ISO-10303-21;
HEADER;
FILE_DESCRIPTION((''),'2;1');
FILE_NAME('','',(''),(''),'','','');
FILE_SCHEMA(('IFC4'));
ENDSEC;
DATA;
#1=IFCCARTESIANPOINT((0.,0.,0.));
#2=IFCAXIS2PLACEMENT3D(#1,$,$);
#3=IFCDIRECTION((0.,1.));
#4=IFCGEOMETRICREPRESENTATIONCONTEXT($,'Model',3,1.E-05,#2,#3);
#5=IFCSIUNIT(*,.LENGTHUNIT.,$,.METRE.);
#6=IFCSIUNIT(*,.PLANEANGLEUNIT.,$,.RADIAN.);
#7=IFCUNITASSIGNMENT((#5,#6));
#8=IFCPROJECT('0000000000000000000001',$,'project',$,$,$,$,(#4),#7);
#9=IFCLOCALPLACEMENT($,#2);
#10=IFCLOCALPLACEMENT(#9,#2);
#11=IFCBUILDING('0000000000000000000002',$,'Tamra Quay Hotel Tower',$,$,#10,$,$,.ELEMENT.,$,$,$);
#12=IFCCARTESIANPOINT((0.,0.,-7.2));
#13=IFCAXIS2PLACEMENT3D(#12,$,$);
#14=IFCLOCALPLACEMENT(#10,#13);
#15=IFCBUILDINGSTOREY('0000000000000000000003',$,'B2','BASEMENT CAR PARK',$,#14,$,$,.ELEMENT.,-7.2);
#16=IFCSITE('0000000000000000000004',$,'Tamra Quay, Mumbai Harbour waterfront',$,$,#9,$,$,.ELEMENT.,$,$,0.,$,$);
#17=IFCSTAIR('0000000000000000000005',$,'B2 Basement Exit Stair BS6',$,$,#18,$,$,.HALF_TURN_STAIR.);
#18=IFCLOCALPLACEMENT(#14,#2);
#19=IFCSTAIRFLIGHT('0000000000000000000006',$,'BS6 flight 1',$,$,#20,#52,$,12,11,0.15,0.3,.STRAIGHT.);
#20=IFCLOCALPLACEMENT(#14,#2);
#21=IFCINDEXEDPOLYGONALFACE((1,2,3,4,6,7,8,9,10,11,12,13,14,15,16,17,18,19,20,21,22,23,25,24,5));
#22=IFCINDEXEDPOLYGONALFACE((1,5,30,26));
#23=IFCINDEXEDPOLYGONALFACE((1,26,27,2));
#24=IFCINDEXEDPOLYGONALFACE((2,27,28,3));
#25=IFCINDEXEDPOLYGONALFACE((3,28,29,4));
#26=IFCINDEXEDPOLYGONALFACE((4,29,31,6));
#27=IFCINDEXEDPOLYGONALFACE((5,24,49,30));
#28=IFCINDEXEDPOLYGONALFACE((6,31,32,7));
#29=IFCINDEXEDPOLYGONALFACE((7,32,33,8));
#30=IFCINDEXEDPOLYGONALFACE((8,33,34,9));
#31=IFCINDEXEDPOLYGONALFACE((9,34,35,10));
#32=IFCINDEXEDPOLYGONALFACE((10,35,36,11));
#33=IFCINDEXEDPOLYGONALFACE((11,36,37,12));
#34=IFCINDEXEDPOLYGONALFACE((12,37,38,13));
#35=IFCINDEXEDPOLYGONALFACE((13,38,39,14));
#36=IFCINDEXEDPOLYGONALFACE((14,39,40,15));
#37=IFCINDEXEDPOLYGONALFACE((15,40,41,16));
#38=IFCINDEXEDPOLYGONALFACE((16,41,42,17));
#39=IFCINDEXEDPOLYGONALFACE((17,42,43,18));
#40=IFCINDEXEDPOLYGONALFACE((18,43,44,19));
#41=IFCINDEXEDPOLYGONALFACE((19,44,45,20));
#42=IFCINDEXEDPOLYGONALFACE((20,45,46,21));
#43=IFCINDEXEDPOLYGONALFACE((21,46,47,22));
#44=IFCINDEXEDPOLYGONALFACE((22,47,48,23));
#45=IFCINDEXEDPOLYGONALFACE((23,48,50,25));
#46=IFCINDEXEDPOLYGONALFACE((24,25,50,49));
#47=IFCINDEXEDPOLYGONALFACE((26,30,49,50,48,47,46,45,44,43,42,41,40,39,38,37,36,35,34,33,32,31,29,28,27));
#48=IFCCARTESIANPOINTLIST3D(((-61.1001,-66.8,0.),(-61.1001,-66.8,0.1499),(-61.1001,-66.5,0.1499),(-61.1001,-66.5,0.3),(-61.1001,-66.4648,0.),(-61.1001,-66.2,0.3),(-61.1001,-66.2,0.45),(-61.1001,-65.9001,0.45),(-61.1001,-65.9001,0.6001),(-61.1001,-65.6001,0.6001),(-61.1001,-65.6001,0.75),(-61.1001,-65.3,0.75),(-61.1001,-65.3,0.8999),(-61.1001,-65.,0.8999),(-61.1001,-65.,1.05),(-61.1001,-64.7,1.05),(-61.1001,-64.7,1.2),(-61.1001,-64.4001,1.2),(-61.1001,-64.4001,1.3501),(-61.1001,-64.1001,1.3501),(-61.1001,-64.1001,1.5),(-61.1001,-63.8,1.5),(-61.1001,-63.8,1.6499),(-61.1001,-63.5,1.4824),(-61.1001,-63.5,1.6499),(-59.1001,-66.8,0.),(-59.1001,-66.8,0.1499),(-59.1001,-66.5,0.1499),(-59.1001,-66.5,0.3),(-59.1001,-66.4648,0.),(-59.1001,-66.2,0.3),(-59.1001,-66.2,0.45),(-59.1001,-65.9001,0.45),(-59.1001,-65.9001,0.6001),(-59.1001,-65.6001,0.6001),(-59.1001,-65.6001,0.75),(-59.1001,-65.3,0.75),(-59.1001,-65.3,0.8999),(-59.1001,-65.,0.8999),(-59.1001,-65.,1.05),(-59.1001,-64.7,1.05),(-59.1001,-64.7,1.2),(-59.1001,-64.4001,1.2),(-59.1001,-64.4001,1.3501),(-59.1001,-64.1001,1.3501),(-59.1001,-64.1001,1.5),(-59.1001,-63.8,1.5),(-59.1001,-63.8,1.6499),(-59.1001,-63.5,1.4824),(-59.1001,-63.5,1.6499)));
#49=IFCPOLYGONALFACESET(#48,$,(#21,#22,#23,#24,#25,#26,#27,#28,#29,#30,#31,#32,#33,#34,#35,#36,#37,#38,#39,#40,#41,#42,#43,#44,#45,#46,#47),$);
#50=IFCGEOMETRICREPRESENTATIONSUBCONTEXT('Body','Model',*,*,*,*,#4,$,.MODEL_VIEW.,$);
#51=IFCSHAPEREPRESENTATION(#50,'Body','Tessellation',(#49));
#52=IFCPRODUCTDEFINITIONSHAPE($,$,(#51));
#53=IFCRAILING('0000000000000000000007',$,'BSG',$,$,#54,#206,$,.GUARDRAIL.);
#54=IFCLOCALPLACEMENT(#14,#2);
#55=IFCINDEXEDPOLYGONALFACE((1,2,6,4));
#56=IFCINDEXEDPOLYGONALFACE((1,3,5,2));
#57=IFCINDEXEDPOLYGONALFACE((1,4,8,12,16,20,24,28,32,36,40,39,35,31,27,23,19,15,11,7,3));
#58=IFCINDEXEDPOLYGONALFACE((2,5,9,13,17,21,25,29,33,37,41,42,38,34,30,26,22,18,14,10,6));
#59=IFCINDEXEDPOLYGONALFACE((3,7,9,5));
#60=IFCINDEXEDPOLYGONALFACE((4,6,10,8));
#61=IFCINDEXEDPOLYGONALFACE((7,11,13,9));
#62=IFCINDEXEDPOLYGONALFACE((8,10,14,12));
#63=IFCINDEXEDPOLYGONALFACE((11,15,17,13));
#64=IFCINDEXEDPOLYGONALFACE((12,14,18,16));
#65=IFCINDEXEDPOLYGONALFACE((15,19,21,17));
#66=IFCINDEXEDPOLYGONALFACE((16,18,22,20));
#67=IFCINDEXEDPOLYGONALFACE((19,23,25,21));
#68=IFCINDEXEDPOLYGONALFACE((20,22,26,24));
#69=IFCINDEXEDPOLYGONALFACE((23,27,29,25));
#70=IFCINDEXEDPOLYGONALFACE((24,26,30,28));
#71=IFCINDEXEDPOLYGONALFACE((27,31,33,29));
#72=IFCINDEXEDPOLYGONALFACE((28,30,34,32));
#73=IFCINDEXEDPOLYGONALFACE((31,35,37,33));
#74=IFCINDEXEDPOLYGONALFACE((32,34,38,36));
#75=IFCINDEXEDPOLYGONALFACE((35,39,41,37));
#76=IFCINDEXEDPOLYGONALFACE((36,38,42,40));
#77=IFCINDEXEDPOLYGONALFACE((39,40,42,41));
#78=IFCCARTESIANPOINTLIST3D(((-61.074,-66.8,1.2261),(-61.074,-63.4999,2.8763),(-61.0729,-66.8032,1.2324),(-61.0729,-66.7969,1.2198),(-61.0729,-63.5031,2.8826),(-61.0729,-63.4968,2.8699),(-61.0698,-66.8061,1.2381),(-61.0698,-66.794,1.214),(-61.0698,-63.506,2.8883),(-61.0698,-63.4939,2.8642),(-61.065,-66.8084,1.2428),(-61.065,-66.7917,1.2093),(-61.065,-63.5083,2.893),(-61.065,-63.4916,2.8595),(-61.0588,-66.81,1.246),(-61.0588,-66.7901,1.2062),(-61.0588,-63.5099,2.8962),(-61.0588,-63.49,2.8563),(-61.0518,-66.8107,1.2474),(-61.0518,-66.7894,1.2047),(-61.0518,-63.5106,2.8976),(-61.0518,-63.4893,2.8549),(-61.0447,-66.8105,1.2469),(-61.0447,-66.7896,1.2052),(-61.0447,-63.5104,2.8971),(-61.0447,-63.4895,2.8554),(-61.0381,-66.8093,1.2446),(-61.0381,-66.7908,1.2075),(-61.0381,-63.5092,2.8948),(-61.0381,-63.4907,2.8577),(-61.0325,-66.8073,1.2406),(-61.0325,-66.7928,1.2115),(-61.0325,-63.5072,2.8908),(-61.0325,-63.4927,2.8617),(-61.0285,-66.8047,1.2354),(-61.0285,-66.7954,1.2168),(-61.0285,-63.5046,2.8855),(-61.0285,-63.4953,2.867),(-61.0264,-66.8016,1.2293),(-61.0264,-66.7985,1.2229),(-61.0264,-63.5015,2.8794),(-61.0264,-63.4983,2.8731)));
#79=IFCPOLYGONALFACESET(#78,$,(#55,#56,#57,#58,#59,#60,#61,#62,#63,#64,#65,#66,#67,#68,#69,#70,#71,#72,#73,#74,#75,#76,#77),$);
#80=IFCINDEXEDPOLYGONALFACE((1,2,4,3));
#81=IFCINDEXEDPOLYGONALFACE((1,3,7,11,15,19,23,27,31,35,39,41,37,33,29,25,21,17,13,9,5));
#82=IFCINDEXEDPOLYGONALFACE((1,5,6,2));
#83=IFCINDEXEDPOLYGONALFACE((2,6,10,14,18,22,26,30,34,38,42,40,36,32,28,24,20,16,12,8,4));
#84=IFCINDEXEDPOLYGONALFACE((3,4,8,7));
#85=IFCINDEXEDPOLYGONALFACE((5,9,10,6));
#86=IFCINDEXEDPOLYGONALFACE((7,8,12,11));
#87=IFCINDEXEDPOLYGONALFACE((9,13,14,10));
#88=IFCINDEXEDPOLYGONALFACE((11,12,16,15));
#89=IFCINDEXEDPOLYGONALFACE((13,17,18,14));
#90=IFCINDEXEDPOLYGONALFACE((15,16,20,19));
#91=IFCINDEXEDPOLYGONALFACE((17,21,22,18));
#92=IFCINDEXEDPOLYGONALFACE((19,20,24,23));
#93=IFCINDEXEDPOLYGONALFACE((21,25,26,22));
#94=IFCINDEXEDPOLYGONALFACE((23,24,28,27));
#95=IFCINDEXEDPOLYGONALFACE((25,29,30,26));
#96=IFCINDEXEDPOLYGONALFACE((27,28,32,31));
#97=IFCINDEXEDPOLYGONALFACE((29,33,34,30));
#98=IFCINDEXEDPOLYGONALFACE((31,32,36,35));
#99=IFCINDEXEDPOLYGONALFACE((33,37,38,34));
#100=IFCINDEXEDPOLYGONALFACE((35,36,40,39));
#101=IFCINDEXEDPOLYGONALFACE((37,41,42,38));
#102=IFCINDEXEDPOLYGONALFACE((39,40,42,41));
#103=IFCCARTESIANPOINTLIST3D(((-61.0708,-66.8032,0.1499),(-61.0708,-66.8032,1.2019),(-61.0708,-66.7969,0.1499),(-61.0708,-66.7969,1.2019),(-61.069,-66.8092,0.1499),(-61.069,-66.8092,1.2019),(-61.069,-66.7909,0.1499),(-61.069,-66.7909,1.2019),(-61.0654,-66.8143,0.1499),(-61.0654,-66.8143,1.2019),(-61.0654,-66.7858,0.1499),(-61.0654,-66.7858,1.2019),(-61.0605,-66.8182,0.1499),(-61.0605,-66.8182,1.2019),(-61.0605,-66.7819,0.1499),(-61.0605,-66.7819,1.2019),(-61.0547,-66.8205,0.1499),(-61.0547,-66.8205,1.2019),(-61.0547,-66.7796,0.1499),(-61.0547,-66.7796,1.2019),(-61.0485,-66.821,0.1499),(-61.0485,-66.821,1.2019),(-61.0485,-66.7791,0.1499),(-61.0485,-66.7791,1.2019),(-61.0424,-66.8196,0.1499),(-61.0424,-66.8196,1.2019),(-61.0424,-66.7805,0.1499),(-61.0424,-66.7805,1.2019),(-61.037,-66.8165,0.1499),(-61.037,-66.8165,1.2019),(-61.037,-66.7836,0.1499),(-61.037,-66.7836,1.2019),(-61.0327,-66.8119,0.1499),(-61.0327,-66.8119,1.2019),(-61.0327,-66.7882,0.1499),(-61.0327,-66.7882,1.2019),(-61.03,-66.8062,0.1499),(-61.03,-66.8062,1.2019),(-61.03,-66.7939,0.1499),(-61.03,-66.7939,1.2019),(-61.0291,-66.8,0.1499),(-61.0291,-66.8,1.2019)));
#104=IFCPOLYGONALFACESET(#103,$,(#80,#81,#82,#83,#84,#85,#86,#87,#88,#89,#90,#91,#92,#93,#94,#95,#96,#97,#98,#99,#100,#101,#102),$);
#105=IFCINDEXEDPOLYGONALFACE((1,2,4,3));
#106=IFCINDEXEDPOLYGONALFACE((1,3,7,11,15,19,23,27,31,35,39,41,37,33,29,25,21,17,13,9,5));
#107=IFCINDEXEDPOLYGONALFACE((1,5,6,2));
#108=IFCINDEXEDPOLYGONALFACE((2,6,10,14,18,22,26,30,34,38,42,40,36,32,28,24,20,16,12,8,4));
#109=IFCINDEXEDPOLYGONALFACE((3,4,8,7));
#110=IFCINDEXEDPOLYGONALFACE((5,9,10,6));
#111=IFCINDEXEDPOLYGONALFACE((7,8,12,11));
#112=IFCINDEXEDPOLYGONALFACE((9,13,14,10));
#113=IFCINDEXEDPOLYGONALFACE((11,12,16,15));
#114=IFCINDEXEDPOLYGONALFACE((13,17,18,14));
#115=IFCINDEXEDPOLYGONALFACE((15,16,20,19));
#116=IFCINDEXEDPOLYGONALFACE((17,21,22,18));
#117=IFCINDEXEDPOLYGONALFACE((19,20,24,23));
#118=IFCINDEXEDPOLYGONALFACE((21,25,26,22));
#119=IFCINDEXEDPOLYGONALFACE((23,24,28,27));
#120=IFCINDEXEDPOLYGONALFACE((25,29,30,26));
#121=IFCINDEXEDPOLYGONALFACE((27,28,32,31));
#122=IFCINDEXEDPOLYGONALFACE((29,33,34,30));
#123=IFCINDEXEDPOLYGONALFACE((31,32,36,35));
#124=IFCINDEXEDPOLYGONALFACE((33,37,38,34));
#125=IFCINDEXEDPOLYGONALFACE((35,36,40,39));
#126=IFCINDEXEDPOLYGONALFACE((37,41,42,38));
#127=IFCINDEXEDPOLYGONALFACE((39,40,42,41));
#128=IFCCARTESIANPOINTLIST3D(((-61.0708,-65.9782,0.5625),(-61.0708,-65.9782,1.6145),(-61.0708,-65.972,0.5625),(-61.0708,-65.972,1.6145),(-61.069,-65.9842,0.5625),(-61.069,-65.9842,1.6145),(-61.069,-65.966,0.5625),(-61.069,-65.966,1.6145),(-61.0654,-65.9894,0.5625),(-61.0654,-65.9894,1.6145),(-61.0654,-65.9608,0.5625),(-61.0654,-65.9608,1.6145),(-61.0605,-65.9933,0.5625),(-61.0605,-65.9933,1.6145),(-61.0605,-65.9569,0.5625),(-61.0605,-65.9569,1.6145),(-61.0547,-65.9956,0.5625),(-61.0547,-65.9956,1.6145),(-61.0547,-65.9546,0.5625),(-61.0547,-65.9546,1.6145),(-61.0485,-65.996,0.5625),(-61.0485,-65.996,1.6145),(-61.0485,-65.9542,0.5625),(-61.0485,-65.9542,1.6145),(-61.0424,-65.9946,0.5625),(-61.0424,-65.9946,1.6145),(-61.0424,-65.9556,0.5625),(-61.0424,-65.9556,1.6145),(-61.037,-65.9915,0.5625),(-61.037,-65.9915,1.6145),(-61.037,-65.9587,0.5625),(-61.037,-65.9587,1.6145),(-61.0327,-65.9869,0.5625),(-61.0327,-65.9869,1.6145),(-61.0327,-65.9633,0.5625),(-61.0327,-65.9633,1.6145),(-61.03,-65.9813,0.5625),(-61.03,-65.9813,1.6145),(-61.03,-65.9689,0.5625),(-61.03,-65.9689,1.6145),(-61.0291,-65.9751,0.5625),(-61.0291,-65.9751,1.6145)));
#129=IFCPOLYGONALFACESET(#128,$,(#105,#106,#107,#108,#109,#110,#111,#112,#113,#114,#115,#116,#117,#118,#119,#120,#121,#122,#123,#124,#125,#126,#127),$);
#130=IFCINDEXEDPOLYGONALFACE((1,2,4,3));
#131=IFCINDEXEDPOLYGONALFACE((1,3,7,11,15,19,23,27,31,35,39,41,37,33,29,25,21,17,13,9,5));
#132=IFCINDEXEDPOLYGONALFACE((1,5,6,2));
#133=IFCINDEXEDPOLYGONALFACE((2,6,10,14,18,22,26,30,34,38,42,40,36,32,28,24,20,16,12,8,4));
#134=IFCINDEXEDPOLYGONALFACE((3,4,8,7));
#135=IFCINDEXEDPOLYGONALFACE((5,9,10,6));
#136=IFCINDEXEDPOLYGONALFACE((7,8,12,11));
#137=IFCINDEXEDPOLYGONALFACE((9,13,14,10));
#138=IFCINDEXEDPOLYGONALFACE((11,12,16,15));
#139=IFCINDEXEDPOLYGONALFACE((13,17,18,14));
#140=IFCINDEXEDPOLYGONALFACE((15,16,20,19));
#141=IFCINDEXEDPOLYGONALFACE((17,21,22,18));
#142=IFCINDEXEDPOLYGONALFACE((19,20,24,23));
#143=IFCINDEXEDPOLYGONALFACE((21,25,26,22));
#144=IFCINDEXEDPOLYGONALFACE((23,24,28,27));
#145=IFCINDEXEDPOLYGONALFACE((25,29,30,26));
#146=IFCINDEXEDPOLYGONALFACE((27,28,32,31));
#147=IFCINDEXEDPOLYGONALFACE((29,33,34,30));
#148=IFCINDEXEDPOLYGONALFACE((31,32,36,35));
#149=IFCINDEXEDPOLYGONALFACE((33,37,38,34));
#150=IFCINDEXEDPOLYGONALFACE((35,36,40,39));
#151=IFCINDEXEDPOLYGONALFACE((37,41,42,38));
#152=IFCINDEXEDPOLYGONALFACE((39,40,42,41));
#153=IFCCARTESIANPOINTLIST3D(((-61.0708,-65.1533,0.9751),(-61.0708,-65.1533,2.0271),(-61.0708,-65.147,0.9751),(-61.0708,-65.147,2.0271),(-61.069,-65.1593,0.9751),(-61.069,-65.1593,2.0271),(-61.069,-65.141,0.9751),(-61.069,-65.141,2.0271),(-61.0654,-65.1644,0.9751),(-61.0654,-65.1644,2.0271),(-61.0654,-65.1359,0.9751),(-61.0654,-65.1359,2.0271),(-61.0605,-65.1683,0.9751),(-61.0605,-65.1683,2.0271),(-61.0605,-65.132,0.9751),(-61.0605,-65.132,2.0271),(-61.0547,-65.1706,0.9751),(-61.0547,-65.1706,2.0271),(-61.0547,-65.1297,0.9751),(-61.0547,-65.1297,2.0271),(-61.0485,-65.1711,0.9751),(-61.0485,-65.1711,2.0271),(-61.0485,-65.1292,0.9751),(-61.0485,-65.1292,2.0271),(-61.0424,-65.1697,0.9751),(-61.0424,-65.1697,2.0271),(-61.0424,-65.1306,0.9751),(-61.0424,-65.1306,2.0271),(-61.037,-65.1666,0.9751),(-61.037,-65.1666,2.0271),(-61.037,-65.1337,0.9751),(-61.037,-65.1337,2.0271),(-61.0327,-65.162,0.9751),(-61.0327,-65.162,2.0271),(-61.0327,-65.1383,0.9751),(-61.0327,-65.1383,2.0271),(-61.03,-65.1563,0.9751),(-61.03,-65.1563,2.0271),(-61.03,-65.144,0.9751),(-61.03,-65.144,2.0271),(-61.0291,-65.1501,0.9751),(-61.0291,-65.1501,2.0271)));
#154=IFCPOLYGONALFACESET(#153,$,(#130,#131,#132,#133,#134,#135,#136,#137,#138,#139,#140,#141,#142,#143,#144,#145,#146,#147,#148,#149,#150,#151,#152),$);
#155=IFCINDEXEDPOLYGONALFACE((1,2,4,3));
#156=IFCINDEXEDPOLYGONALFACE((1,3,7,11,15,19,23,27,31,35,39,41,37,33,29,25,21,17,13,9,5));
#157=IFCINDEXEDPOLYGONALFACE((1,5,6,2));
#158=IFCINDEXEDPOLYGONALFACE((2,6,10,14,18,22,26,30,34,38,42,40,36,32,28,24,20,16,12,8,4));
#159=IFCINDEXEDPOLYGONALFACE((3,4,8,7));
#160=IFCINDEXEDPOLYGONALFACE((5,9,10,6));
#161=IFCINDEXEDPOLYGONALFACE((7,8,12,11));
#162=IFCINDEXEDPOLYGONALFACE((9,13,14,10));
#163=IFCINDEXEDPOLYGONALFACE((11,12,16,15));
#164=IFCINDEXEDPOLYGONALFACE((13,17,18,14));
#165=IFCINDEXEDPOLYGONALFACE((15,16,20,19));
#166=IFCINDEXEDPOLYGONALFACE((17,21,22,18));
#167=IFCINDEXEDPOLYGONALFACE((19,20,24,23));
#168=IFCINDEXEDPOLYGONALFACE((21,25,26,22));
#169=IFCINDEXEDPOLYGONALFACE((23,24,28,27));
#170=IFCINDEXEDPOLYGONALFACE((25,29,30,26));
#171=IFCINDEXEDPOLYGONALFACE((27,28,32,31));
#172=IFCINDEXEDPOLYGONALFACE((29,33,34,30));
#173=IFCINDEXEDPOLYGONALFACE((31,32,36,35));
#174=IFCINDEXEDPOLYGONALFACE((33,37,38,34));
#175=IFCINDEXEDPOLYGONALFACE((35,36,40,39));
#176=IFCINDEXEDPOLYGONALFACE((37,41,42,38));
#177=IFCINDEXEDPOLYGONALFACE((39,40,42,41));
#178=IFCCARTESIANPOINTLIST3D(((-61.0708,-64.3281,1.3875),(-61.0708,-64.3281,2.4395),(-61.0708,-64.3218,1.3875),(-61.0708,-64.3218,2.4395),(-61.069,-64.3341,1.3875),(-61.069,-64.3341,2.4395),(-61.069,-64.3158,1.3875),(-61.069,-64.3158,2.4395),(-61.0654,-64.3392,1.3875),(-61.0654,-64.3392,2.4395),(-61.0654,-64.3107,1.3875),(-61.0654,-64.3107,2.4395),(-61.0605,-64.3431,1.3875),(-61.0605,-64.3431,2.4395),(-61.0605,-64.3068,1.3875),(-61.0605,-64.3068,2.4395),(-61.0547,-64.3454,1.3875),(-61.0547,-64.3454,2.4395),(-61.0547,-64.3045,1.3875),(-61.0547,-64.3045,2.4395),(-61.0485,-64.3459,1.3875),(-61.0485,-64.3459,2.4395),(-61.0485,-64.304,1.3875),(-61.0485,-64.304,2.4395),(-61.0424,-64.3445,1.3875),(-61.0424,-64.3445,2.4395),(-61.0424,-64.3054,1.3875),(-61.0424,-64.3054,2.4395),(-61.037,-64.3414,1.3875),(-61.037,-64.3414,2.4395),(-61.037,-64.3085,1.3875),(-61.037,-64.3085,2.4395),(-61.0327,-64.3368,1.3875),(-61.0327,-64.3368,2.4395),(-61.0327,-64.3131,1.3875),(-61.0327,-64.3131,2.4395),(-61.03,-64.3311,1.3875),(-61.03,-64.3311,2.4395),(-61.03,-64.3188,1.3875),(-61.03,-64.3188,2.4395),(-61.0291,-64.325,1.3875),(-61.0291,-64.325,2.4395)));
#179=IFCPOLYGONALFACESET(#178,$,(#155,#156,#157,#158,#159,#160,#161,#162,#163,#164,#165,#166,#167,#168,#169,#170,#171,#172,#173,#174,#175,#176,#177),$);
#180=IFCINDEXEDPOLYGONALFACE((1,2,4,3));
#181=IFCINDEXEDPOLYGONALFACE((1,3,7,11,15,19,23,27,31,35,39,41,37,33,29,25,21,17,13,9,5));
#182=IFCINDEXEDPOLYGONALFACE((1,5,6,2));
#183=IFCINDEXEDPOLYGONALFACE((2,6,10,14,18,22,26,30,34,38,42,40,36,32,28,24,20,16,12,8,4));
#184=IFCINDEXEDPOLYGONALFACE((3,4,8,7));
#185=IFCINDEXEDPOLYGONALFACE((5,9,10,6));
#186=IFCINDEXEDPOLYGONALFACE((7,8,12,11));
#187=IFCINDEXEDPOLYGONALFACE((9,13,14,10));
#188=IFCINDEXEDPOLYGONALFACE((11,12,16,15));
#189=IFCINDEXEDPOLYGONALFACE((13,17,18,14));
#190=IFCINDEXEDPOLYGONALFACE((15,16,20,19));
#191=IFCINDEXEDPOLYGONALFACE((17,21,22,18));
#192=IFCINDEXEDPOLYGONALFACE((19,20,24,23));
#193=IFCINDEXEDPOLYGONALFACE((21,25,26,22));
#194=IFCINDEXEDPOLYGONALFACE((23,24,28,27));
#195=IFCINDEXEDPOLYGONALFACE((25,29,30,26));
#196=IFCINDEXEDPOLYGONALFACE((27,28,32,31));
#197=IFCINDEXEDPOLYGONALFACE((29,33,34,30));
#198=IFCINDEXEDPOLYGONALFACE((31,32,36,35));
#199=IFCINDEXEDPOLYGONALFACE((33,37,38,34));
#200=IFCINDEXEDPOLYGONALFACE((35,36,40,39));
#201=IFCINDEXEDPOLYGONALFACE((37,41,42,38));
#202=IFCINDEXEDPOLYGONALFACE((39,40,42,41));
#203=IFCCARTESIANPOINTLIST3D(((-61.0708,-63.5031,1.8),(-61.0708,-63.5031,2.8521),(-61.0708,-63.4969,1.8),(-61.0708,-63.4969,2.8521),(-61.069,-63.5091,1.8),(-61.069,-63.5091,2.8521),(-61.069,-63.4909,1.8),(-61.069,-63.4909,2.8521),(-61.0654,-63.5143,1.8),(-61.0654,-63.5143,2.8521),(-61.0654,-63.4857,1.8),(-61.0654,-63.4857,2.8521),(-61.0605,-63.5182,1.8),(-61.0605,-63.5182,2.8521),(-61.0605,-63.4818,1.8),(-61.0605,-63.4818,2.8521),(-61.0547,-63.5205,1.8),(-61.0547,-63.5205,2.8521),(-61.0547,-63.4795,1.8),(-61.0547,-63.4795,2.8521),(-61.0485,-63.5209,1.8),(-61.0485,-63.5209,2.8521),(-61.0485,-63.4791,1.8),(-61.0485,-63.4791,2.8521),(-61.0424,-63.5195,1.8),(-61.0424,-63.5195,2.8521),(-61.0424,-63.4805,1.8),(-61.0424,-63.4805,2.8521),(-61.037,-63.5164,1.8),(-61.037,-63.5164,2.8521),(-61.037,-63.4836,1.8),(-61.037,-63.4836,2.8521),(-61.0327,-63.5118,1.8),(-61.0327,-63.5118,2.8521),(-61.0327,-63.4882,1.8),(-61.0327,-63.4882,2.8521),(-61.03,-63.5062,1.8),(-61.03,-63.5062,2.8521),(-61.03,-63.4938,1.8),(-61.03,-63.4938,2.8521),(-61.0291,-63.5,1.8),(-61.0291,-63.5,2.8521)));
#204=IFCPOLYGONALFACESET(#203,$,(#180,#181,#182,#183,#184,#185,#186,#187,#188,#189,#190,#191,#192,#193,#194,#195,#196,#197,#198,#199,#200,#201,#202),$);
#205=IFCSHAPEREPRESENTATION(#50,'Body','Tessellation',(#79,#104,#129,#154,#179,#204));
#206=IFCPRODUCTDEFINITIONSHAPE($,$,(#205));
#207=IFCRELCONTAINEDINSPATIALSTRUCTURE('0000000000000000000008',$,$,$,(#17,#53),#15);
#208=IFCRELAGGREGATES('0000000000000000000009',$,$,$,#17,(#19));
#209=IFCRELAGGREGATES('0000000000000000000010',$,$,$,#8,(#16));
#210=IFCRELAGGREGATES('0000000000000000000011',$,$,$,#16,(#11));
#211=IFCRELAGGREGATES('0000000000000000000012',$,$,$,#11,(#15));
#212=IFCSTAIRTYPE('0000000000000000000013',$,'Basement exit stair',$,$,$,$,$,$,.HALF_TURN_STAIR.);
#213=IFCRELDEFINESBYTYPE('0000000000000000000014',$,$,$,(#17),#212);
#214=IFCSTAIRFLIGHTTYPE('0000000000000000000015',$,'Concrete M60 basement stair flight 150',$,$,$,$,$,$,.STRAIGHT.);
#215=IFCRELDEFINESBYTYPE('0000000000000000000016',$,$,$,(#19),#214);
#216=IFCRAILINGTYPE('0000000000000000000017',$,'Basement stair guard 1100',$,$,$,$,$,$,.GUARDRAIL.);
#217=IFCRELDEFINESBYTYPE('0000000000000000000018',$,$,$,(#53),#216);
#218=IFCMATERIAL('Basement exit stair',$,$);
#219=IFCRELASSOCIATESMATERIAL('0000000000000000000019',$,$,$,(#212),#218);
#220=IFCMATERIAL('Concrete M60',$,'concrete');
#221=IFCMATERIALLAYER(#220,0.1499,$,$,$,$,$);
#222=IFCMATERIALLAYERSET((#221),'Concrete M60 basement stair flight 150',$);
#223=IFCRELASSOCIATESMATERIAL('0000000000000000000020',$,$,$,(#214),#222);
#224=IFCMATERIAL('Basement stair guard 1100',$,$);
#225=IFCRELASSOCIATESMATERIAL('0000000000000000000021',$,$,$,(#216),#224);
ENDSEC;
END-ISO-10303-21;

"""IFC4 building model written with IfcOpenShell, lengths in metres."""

from ifc_helpers import new_model, si_unit, direction, frame, origin, origin_2d, place, context, subcontext, project, spatial, polyline, circle, outline, extrude, material, layer, layer_set, type_object, element, aggregate, save


model = new_model("IFC4")

# Units and contexts
model_context = context("Model", 3, precision=1e-05, world=origin(), true_north=direction((0.0, 1.0)))
body_context = subcontext(model_context, "Body", "Model", "MODEL_VIEW")
ifc_project = project(units=[si_unit("LENGTHUNIT", "METRE"), si_unit("PLANEANGLEUNIT", "RADIAN")], contexts=[model_context])

# Site, building, storey
site_placement = place(None, origin())
site = spatial("IfcSite", under=ifc_project, at=site_placement, Name="Tamra Quay, Mumbai Harbour waterfront", CompositionType="ELEMENT", RefElevation=0.0)
building_placement = place(site_placement, origin())
building = spatial("IfcBuilding", under=site, at=building_placement, Name="Tamra Quay Hotel Tower", CompositionType="ELEMENT")
storey_placement = place(building_placement, frame((0.0, 0.0, -7.2)))
storey = spatial("IfcBuildingStorey", under=building, at=storey_placement, Name="B2", Description="BASEMENT CAR PARK", CompositionType="ELEMENT", Elevation=-7.2)

# Stair, stair flight
ifc_material_1 = material(Name="Basement exit stair")
stair_type = type_object("IfcStairType", Name="Basement exit stair", PredefinedType="HALF_TURN_STAIR", material=ifc_material_1)
stair_placement = place(storey_placement, origin())
stair = element("IfcStair", 1, at=stair_placement, inside=storey, type_object=stair_type, Name="B2 Basement Exit Stair BS6", PredefinedType="HALF_TURN_STAIR")
ifc_material_2 = material(Name="Concrete M60", Category="concrete")
ifc_layer_1 = layer(ifc_material_2, 0.1499)
ifc_layer_set_1 = layer_set([ifc_layer_1], Name="Concrete M60 basement stair flight 150")
stair_flight_type = type_object("IfcStairFlightType", Name="Concrete M60 basement stair flight 150", PredefinedType="STRAIGHT", material=ifc_layer_set_1)
stair_flight_placement = place(storey_placement, frame((-60.1001, -66.8, 0.0), z_axis=(0.0, 0.0, 1.0), x_axis=(0.0, 1.0, 0.0)))
stair_flight = element("IfcStairFlight", 2, at=stair_flight_placement, type_object=stair_flight_type, Name="BS6 flight 1", NumberOfRisers=12, NumberOfTreads=11, PredefinedType="STRAIGHT", RiserHeight=0.15, TreadLength=0.3, context=body_context, shape_type="SweptSolid", body=[
    extrude(outline(polyline([(0.0, 0.0), (0.0, 0.1499), (0.3, 0.1499), (0.3, 0.3), (0.6001, 0.3), (0.6001, 0.45), (0.8999, 0.45), (0.8999, 0.6001), (1.2, 0.6001), (1.2, 0.75), (1.5, 0.75), (1.5, 0.8999), (1.8, 0.8999), (1.8, 1.05), (2.1001, 1.05), (2.1001, 1.2), (2.3999, 1.2), (2.3999, 1.3501), (2.7, 1.3501), (2.7, 1.5), (3.0, 1.5), (3.0, 1.6499), (3.3, 1.6499), (3.3, 1.8), (3.3, 1.4824), (0.3352, 0.0), (0.0, 0.0)])), frame((0.0, 1.0, 0.0), z_axis=(0.0, -1.0, 0.0), x_axis=(1.0, 0.0, 0.0)), (0.0, 0.0, 1.0), 2.0),
])
aggregate(stair, [stair_flight])

# Railing
ifc_material_3 = material(Name="Basement stair guard 1100")
railing_type_1 = type_object("IfcRailingType", Name="Basement stair guard 1100", PredefinedType="GUARDRAIL", material=ifc_material_3)
railing_1_placement = place(storey_placement, frame((-61.05, -66.8, 0.1499)))
element("IfcRailing", 3, at=railing_1_placement, inside=storey, type_object=railing_type_1, Name="BSG", PredefinedType="GUARDRAIL", context=body_context, shape_type="SweptSolid", body=[
    extrude(circle(Radius=0.0239, at=origin_2d()), frame((0.0, 0.0, 1.0762), z_axis=(0.0, 0.894414, 0.44724), x_axis=(-1.0, 0.0, 0.0)), (0.0, 0.0, 1.0), 3.6897),
    extrude(circle(Radius=0.021, at=origin_2d()), origin(), (0.0, 0.0, 1.0), 1.052),
    extrude(circle(Radius=0.021, at=origin_2d()), frame((0.0, 0.825, 0.4126)), (0.0, 0.0, 1.0), 1.052),
    extrude(circle(Radius=0.021, at=origin_2d()), frame((0.0, 1.6499, 0.8252)), (0.0, 0.0, 1.0), 1.052),
    extrude(circle(Radius=0.021, at=origin_2d()), frame((0.0, 2.4751, 1.2375)), (0.0, 0.0, 1.0), 1.052),
    extrude(circle(Radius=0.021, at=origin_2d()), frame((0.0, 3.3, 1.6501)), (0.0, 0.0, 1.0), 1.052),
])

save(model, "model.ifc")
